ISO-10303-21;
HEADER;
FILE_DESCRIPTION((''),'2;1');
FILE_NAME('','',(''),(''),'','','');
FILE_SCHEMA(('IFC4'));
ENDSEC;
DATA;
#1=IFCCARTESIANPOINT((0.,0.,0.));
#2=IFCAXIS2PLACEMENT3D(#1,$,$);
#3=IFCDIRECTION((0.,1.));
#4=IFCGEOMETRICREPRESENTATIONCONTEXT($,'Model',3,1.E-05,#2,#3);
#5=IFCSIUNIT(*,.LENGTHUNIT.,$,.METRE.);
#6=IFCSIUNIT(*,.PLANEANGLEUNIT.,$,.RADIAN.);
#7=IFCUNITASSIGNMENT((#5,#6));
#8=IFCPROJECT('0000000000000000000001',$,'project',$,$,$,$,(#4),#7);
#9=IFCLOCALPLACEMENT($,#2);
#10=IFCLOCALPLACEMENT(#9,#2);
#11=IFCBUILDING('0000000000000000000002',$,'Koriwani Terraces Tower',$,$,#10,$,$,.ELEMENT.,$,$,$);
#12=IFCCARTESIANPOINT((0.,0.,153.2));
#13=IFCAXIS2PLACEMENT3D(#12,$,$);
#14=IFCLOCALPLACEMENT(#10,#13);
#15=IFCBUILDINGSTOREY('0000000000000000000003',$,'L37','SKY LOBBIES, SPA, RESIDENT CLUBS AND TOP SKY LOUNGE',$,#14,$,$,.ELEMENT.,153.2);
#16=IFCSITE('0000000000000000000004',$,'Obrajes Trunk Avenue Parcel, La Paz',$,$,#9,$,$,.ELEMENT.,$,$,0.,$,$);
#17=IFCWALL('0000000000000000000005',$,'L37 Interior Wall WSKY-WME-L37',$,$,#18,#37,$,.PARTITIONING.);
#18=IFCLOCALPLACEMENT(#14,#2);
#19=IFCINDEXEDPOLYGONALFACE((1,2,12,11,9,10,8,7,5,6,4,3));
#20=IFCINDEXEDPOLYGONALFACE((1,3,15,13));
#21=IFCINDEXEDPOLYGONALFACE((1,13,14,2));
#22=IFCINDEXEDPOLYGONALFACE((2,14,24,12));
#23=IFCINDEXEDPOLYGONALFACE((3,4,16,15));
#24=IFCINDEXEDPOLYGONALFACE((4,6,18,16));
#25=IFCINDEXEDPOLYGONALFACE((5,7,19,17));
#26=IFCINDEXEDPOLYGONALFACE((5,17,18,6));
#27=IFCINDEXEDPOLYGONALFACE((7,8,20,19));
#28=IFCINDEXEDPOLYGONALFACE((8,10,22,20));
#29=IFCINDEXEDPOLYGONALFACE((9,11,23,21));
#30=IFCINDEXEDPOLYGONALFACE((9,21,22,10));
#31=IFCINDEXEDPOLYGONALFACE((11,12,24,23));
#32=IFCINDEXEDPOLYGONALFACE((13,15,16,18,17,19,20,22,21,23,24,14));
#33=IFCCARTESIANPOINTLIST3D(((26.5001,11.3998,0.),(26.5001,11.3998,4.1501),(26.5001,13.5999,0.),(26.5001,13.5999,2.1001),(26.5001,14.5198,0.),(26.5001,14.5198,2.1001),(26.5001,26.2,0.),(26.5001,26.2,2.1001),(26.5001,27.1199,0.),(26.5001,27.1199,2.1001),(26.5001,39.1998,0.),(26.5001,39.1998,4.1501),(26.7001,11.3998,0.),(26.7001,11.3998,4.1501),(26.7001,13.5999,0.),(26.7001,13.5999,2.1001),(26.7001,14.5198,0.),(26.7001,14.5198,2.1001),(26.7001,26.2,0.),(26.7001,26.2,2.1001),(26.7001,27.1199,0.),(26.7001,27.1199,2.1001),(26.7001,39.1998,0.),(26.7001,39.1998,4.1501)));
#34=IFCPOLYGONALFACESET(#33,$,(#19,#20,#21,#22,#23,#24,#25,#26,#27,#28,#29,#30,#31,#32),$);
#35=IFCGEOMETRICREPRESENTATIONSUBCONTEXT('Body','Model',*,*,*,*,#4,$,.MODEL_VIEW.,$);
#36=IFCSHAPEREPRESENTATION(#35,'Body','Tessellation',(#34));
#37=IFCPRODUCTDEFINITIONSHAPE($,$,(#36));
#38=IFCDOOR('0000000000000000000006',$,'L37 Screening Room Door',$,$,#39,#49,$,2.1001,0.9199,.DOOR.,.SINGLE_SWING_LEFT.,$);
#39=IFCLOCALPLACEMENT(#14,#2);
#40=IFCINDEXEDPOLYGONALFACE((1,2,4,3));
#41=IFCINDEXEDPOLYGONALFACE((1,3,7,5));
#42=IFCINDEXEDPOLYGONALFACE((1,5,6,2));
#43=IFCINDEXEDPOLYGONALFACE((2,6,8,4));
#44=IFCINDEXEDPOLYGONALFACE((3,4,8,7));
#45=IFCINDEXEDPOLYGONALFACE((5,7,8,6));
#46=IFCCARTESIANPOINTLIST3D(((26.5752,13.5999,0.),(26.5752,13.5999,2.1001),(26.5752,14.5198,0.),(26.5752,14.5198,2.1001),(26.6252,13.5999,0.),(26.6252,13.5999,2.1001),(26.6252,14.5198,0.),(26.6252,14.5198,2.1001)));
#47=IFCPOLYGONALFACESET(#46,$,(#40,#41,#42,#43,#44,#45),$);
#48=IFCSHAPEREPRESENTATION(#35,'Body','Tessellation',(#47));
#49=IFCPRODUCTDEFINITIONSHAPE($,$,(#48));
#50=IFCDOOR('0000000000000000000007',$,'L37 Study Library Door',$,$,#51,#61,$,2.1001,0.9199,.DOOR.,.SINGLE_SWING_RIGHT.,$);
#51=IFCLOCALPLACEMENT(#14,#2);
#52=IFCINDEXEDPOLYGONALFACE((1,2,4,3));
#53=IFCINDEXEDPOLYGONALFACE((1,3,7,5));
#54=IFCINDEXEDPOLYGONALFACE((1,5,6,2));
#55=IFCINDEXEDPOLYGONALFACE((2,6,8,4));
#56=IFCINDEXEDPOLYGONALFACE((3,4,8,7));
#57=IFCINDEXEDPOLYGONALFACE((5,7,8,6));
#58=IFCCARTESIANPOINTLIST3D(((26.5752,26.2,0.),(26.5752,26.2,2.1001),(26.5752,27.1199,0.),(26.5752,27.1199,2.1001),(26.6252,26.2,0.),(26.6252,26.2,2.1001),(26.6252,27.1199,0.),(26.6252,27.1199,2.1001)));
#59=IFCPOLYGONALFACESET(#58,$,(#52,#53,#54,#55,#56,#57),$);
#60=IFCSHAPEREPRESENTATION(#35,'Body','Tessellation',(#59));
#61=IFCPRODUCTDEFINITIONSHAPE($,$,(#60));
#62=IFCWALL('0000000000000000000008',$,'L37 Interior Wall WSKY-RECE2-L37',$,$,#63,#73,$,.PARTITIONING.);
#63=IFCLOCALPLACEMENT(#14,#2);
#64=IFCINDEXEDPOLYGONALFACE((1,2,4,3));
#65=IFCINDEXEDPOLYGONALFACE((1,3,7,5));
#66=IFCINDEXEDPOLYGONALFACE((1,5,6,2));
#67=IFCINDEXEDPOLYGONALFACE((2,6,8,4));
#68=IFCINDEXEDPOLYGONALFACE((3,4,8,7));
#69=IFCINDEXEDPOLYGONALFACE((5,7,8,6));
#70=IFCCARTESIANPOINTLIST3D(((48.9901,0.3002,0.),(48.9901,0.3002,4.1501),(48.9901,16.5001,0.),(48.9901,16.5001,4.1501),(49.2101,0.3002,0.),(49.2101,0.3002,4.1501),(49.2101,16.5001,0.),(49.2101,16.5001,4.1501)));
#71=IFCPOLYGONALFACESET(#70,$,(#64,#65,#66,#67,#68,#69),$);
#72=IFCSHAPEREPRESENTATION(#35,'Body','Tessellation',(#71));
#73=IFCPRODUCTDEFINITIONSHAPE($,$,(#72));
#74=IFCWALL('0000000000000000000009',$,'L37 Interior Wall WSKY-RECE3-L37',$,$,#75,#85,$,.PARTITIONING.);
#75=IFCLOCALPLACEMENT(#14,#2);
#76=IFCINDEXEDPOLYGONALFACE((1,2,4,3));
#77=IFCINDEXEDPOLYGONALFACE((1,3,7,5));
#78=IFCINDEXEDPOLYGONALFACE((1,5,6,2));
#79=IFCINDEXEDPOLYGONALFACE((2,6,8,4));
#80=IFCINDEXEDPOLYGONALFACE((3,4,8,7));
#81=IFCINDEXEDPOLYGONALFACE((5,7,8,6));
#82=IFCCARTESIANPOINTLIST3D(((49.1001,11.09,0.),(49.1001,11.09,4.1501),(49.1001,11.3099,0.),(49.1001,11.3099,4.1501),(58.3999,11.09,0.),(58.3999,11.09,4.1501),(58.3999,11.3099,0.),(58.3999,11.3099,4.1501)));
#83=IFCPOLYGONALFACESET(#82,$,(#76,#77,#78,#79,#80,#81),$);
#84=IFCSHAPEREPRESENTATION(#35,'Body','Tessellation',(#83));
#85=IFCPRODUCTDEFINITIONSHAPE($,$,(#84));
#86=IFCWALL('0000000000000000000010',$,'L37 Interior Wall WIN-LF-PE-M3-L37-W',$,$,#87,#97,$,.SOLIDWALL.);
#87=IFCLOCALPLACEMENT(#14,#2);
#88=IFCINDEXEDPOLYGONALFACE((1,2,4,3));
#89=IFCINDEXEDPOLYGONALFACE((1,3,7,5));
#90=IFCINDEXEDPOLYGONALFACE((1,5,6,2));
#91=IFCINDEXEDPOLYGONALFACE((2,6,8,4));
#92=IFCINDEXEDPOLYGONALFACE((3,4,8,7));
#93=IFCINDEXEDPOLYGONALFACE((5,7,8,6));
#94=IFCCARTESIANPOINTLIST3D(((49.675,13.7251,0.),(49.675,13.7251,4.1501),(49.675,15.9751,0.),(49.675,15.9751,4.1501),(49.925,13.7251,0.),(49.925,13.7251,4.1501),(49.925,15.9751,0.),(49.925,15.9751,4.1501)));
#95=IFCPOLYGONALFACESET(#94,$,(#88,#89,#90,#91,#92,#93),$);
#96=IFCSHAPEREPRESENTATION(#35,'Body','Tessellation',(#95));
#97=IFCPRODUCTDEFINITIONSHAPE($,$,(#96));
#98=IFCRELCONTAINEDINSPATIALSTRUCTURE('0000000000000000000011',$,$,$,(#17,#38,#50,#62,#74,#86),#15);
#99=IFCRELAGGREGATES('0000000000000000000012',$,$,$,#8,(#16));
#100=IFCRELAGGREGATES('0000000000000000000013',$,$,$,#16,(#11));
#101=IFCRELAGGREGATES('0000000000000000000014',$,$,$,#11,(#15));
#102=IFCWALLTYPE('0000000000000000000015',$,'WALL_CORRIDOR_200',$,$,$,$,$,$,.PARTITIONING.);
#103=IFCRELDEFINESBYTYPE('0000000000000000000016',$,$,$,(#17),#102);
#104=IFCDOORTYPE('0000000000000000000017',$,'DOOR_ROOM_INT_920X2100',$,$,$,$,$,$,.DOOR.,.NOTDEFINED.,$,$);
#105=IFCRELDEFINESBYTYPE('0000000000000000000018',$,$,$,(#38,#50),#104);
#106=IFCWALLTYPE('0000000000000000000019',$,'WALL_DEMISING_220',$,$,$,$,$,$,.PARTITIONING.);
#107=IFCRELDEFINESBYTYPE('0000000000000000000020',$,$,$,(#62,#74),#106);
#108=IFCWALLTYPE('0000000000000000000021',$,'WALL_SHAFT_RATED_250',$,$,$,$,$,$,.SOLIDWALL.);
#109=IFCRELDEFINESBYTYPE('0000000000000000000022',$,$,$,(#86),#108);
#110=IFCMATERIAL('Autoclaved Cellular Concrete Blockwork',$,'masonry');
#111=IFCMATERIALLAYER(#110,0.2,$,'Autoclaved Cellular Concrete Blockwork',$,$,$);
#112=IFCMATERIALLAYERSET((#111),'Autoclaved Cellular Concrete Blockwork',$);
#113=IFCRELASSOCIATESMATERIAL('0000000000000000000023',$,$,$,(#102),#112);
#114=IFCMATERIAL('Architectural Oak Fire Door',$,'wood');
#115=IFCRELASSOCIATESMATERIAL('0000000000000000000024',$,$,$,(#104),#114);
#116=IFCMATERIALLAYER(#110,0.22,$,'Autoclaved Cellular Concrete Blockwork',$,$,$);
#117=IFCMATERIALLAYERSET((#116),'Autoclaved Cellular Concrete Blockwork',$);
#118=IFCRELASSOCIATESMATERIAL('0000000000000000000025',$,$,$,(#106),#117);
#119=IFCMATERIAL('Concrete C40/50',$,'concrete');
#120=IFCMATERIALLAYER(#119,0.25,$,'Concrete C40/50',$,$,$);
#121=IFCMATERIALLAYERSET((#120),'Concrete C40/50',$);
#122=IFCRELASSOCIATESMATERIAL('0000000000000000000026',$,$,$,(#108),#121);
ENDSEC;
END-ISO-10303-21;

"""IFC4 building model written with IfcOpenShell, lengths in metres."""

from ifc_helpers import new_model, si_unit, direction, frame, frame_2d, origin, place, context, subcontext, project, spatial, rectangle, extrude, material, layer, layer_set, type_object, element, fill, save


model = new_model("IFC4")

# Units and contexts
model_context = context("Model", 3, precision=1e-05, world=origin(), true_north=direction((0.0, 1.0)))
body_context = subcontext(model_context, "Body", "Model", "MODEL_VIEW")
ifc_project = project(units=[si_unit("LENGTHUNIT", "METRE"), si_unit("PLANEANGLEUNIT", "RADIAN")], contexts=[model_context])

# Site, building, storey
site_placement = place(None, origin())
site = spatial("IfcSite", under=ifc_project, at=site_placement, Name="Obrajes Trunk Avenue Parcel, La Paz", CompositionType="ELEMENT", RefElevation=0.0)
building_placement = place(site_placement, origin())
building = spatial("IfcBuilding", under=site, at=building_placement, Name="Koriwani Terraces Tower", CompositionType="ELEMENT")
storey_placement = place(building_placement, frame((0.0, 0.0, 153.2)))
storey = spatial("IfcBuildingStorey", under=building, at=storey_placement, Name="L37", Description="SKY LOBBIES, SPA, RESIDENT CLUBS AND TOP SKY LOUNGE", CompositionType="ELEMENT", Elevation=153.2)

# Shared definitions
ifc_material_1 = material(Name="Concrete C40/50", Category="concrete")

# Shared definitions
ifc_material_2 = material(Name="Autoclaved Cellular Concrete Blockwork", Category="masonry")
ifc_layer_1 = layer(ifc_material_2, 0.2, Name="Autoclaved Cellular Concrete Blockwork")
ifc_layer_set_1 = layer_set([ifc_layer_1], Name="Autoclaved Cellular Concrete Blockwork")
wall_type_1 = type_object("IfcWallType", Name="WALL_CORRIDOR_200", PredefinedType="PARTITIONING", material=ifc_layer_set_1)
ifc_material_3 = material(Name="Architectural Oak Fire Door", Category="wood")
door_type_1 = type_object("IfcDoorType", Name="DOOR_ROOM_INT_920X2100", OperationType="NOTDEFINED", PredefinedType="DOOR", material=ifc_material_3)

# Wall, openings, doors
wall_1_placement = place(storey_placement, frame((26.6001, 11.3999, 0.0), z_axis=(0.0, 0.0, 1.0), x_axis=(0.0, 1.0, 0.0)))
wall_1 = element("IfcWall", 1, at=wall_1_placement, inside=storey, type_object=wall_type_1, Name="L37 Interior Wall WSKY-WME-L37", PredefinedType="PARTITIONING", context=body_context, shape_type="SweptSolid", body=[
    extrude(rectangle(XDim=27.8, YDim=0.2, at=frame_2d((13.8999, 0.0))), origin(), (0.0, 0.0, 1.0), 4.1501),
])
opening_1_placement = place(wall_1_placement, frame((2.2, 0.0, 0.0)))
opening_1 = element("IfcOpeningElement", 2, at=opening_1_placement, cuts=wall_1, PredefinedType="OPENING", context=body_context, shape_type="SweptSolid", body=[
    extrude(rectangle(XDim=0.9199, YDim=2.1001, at=frame_2d((0.46, 1.05))), frame((0.0, 0.1099, 0.0), z_axis=(0.0, -1.0, 0.0), x_axis=(1.0, 0.0, 0.0)), (0.0, 0.0, 1.0), 0.22),
])
opening_2_placement = place(wall_1_placement, frame((14.8, 0.0, 0.0)))
opening_2 = element("IfcOpeningElement", 3, at=opening_2_placement, cuts=wall_1, PredefinedType="OPENING", context=body_context, shape_type="SweptSolid", body=[
    extrude(rectangle(XDim=0.9199, YDim=2.1001, at=frame_2d((0.46, 1.05))), frame((0.0, 0.1099, 0.0), z_axis=(0.0, -1.0, 0.0), x_axis=(1.0, 0.0, 0.0)), (0.0, 0.0, 1.0), 0.22),
])
door_1_placement = place(opening_1_placement, origin())
door_1 = element("IfcDoor", 4, at=door_1_placement, inside=storey, type_object=door_type_1, Name="L37 Screening Room Door", OperationType="SINGLE_SWING_LEFT", OverallHeight=2.1001, OverallWidth=0.9199, PredefinedType="DOOR", context=body_context, shape_type="SweptSolid", body=[
    extrude(rectangle(XDim=0.9199, YDim=2.1001, at=frame_2d((0.46, 1.05))), frame((0.0, 0.0249, 0.0), z_axis=(0.0, -1.0, 0.0), x_axis=(1.0, 0.0, 0.0)), (0.0, 0.0, 1.0), 0.05),
])
fill(opening_1, door_1)
door_2_placement = place(opening_2_placement, origin())
door_2 = element("IfcDoor", 5, at=door_2_placement, inside=storey, type_object=door_type_1, Name="L37 Study Library Door", OperationType="SINGLE_SWING_RIGHT", OverallHeight=2.1001, OverallWidth=0.9199, PredefinedType="DOOR", context=body_context, shape_type="SweptSolid", body=[
    extrude(rectangle(XDim=0.9199, YDim=2.1001, at=frame_2d((0.46, 1.05))), frame((0.0, 0.0249, 0.0), z_axis=(0.0, -1.0, 0.0), x_axis=(1.0, 0.0, 0.0)), (0.0, 0.0, 1.0), 0.05),
])
fill(opening_2, door_2)

# Walls
ifc_layer_2 = layer(ifc_material_2, 0.22, Name="Autoclaved Cellular Concrete Blockwork")
ifc_layer_set_2 = layer_set([ifc_layer_2], Name="Autoclaved Cellular Concrete Blockwork")
wall_type_2 = type_object("IfcWallType", Name="WALL_DEMISING_220", PredefinedType="PARTITIONING", material=ifc_layer_set_2)
wall_2_placement = place(storey_placement, frame((49.1001, 0.3, 0.0), z_axis=(0.0, 0.0, 1.0), x_axis=(0.0, 1.0, 0.0)))
element("IfcWall", 6, at=wall_2_placement, inside=storey, type_object=wall_type_2, Name="L37 Interior Wall WSKY-RECE2-L37", PredefinedType="PARTITIONING", context=body_context, shape_type="SweptSolid", body=[
    extrude(rectangle(XDim=16.2, YDim=0.22, at=frame_2d((8.1001, 0.0))), origin(), (0.0, 0.0, 1.0), 4.1501),
])
wall_3_placement = place(storey_placement, frame((49.1001, 11.2, 0.0), z_axis=(0.0, 0.0, 1.0), x_axis=(1.0, 0.0, 0.0)))
element("IfcWall", 7, at=wall_3_placement, inside=storey, type_object=wall_type_2, Name="L37 Interior Wall WSKY-RECE3-L37", PredefinedType="PARTITIONING", context=body_context, shape_type="SweptSolid", body=[
    extrude(rectangle(XDim=9.2998, YDim=0.22, at=frame_2d((4.6499, 0.0))), origin(), (0.0, 0.0, 1.0), 4.1501),
])

# Shared definitions
ifc_layer_3 = layer(ifc_material_1, 0.25, Name="Concrete C40/50")
ifc_layer_set_3 = layer_set([ifc_layer_3], Name="Concrete C40/50")
wall_type_3 = type_object("IfcWallType", Name="WALL_SHAFT_RATED_250", PredefinedType="SOLIDWALL", material=ifc_layer_set_3)

# Wall
wall_4_placement = place(storey_placement, frame((49.8, 13.7251, 0.0), z_axis=(0.0, 0.0, 1.0), x_axis=(0.0, 1.0, 0.0)))
element("IfcWall", 8, at=wall_4_placement, inside=storey, type_object=wall_type_3, Name="L37 Interior Wall WIN-LF-PE-M3-L37-W", PredefinedType="SOLIDWALL", context=body_context, shape_type="SweptSolid", body=[
    extrude(rectangle(XDim=2.25, YDim=0.25, at=frame_2d((1.125, 0.0))), origin(), (0.0, 0.0, 1.0), 4.1501),
])

save(model, "model.ifc")
